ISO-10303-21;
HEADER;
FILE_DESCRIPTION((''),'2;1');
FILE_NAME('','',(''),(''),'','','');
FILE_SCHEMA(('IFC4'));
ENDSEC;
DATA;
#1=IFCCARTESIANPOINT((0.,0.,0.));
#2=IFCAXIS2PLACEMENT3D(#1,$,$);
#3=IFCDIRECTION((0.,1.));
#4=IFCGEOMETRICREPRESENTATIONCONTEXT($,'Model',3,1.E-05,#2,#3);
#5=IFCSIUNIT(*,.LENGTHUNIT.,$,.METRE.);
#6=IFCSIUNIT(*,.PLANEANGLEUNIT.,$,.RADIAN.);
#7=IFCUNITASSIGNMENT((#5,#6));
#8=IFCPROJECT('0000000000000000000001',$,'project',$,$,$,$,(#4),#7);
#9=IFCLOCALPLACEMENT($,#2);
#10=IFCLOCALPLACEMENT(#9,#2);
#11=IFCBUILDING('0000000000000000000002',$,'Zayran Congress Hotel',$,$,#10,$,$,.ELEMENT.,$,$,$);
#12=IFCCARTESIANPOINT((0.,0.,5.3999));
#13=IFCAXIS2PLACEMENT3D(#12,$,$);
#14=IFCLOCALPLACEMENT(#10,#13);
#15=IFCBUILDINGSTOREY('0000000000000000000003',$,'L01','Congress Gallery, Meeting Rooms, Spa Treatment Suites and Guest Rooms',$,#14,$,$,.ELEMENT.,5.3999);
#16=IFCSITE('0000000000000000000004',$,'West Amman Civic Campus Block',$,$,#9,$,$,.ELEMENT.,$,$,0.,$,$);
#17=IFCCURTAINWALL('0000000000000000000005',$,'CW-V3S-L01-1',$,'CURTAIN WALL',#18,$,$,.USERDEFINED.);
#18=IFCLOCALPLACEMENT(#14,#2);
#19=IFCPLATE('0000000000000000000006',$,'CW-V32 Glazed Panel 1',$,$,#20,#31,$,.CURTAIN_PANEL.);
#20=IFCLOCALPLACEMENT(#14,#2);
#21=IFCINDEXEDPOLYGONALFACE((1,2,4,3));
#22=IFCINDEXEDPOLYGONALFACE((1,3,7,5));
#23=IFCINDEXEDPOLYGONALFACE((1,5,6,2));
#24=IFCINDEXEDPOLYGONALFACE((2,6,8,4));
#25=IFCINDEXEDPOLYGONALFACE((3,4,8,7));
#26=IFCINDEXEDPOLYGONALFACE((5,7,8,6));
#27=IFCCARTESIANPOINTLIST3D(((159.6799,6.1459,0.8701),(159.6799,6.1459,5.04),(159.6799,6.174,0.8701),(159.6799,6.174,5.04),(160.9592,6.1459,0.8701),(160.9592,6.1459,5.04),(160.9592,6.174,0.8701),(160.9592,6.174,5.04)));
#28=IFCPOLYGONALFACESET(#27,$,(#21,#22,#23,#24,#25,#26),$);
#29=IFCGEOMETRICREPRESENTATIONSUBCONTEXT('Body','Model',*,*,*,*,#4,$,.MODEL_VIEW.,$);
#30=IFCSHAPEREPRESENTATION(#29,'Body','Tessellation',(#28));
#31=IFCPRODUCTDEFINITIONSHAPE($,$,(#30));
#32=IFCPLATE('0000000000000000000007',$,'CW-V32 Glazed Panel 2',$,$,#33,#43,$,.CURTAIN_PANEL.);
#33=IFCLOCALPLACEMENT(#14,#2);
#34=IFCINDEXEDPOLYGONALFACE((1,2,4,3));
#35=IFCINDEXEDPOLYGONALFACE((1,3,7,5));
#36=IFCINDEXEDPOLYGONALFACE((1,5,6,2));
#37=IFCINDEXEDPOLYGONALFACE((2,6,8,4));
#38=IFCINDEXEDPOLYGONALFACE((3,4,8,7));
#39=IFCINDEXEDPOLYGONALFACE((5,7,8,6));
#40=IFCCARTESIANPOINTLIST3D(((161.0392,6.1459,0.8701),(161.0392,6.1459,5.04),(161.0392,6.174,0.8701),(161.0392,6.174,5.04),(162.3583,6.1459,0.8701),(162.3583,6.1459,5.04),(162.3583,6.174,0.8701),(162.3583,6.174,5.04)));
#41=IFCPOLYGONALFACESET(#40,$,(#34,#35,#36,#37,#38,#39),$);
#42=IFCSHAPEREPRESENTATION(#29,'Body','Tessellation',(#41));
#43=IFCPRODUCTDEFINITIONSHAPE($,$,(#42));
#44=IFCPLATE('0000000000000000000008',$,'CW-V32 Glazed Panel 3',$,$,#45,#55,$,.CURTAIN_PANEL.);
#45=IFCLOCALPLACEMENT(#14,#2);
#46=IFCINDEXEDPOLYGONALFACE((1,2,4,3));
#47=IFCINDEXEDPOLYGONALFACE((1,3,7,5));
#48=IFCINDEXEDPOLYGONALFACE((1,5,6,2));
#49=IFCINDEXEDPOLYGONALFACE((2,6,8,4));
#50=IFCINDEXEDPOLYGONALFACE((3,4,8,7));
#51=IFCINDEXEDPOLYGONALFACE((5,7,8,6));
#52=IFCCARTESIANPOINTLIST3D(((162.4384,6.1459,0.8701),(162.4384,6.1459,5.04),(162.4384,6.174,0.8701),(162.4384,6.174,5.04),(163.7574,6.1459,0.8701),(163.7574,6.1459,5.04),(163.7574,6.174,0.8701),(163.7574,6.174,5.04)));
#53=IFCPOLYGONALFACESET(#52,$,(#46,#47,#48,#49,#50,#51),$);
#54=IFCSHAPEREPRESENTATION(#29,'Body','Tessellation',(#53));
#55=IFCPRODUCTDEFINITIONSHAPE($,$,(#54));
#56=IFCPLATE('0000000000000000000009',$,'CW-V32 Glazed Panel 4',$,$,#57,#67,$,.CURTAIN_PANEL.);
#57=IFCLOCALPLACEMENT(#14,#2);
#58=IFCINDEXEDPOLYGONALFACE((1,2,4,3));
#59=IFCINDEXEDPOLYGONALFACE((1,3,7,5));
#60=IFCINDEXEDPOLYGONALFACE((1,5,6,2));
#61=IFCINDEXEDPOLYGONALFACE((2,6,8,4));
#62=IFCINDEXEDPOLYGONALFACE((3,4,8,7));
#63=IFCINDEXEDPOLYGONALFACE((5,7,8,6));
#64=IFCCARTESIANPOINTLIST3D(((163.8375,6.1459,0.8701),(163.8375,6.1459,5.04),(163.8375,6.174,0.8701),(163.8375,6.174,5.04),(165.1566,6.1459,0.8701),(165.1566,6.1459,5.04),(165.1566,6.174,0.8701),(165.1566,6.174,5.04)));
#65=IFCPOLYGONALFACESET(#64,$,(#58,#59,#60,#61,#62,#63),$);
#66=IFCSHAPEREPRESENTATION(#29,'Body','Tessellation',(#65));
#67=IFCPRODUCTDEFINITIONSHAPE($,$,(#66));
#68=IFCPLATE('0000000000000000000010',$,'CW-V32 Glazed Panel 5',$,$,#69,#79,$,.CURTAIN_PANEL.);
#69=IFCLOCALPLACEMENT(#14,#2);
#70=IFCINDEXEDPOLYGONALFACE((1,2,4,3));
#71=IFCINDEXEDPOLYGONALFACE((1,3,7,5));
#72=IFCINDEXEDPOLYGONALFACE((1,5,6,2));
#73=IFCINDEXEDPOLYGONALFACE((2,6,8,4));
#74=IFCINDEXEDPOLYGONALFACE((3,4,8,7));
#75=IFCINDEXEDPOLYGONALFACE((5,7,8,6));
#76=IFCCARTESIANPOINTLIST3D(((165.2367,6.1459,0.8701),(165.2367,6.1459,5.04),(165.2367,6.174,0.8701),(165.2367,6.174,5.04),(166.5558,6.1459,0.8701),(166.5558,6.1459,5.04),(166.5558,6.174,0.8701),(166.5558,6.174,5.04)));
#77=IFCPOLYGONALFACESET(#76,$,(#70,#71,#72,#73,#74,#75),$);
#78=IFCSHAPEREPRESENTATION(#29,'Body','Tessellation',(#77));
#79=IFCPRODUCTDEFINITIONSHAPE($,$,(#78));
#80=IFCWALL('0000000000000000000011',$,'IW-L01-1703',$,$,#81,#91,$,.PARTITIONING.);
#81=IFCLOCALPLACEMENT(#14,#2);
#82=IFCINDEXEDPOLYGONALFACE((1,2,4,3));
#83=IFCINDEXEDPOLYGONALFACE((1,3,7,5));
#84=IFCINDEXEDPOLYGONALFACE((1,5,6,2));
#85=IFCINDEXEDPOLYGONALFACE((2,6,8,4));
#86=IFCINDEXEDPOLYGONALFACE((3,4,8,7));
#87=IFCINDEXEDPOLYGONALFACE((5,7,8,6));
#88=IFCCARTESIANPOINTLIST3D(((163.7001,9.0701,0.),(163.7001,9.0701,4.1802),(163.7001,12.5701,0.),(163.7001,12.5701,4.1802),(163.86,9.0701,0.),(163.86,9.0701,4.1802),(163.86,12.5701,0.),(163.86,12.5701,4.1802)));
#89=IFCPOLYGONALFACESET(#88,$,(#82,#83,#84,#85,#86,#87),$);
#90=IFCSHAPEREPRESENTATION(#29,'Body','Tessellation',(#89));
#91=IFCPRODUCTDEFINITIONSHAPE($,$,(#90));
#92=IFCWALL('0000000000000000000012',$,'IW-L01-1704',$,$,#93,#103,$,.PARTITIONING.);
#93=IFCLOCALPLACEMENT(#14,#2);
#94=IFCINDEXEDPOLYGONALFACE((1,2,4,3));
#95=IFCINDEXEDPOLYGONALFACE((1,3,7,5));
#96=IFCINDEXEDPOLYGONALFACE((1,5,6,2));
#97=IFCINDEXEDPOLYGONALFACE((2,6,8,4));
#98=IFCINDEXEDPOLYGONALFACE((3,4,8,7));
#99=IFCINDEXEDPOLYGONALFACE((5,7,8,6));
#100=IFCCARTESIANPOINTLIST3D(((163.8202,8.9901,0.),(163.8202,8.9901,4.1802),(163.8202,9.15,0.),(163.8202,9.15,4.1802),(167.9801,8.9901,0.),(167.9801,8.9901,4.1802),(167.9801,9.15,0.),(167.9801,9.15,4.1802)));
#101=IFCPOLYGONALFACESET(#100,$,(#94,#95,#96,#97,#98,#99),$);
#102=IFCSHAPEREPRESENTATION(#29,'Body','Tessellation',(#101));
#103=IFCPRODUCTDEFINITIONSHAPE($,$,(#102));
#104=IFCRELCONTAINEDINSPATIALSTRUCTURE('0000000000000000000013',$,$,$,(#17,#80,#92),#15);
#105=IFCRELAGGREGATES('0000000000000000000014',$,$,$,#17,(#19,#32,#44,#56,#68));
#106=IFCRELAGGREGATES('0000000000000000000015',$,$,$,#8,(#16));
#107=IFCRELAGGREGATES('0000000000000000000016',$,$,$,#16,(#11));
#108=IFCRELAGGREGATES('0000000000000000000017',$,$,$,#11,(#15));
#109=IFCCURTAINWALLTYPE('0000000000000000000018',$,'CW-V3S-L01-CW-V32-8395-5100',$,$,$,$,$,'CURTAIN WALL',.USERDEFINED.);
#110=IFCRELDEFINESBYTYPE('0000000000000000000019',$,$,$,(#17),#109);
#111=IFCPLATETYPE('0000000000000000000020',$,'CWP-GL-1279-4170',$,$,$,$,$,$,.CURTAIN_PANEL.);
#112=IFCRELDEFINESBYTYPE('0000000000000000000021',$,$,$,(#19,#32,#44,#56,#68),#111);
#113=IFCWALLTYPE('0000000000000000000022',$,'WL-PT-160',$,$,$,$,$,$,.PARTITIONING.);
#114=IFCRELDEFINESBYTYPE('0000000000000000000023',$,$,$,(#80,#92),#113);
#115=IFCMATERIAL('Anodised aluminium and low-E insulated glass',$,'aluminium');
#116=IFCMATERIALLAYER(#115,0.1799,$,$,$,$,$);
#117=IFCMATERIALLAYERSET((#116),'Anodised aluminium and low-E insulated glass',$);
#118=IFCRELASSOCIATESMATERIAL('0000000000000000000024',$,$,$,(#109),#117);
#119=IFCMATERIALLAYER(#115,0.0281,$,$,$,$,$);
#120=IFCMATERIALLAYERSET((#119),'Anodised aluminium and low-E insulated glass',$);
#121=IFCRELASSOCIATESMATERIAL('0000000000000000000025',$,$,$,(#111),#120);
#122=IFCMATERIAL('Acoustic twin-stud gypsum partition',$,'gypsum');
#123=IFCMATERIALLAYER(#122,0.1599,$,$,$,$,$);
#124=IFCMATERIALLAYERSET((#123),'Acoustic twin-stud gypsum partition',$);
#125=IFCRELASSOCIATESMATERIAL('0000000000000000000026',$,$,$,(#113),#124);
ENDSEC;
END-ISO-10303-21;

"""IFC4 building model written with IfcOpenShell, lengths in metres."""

from ifc_helpers import new_model, si_unit, direction, frame, frame_2d, origin, origin_2d, place, context, subcontext, project, spatial, rectangle, extrude, material, layer, layer_set, type_object, element, aggregate, save


model = new_model("IFC4")

# Units and contexts
model_context = context("Model", 3, precision=1e-05, world=origin(), true_north=direction((0.0, 1.0)))
body_context = subcontext(model_context, "Body", "Model", "MODEL_VIEW")
ifc_project = project(units=[si_unit("LENGTHUNIT", "METRE"), si_unit("PLANEANGLEUNIT", "RADIAN")], contexts=[model_context])

# Site, building, storey
site_placement = place(None, origin())
site = spatial("IfcSite", under=ifc_project, at=site_placement, Name="West Amman Civic Campus Block", CompositionType="ELEMENT", RefElevation=0.0)
building_placement = place(site_placement, origin())
building = spatial("IfcBuilding", under=site, at=building_placement, Name="Zayran Congress Hotel", CompositionType="ELEMENT")
storey_placement = place(building_placement, frame((0.0, 0.0, 5.3999)))
storey = spatial("IfcBuildingStorey", under=building, at=storey_placement, Name="L01", Description="Congress Gallery, Meeting Rooms, Spa Treatment Suites and Guest Rooms", CompositionType="ELEMENT", Elevation=5.3999)

# Curtain wall, plates
ifc_material_1 = material(Name="Anodised aluminium and low-E insulated glass", Category="aluminium")
ifc_layer_1 = layer(ifc_material_1, 0.1799)
ifc_layer_set_1 = layer_set([ifc_layer_1], Name="Anodised aluminium and low-E insulated glass")
curtain_wall_type = type_object("IfcCurtainWallType", Name="CW-V3S-L01-CW-V32-8395-5100", ElementType="CURTAIN WALL", PredefinedType="USERDEFINED", material=ifc_layer_set_1)
curtain_wall_placement = place(storey_placement, origin())
curtain_wall = element("IfcCurtainWall", 1, at=curtain_wall_placement, inside=storey, type_object=curtain_wall_type, Name="CW-V3S-L01-1", ObjectType="CURTAIN WALL", PredefinedType="USERDEFINED")
ifc_layer_2 = layer(ifc_material_1, 0.0281)
ifc_layer_set_2 = layer_set([ifc_layer_2], Name="Anodised aluminium and low-E insulated glass")
plate_type_1 = type_object("IfcPlateType", Name="CWP-GL-1279-4170", PredefinedType="CURTAIN_PANEL", material=ifc_layer_set_2)
plate_1_placement = place(storey_placement, frame((160.3196, 6.1599, 0.8701), z_axis=(0.0, 0.0, 1.0), x_axis=(1.0, 0.0, 0.0)))
plate_1 = element("IfcPlate", 2, at=plate_1_placement, type_object=plate_type_1, Name="CW-V32 Glazed Panel 1", PredefinedType="CURTAIN_PANEL", context=body_context, shape_type="SweptSolid", body=[
    extrude(rectangle(XDim=1.2793, YDim=0.0281, at=origin_2d()), origin(), (0.0, 0.0, 1.0), 4.1699),
])
plate_2_placement = place(storey_placement, frame((161.6987, 6.1599, 0.8701), z_axis=(0.0, 0.0, 1.0), x_axis=(1.0, 0.0, 0.0)))
plate_2 = element("IfcPlate", 3, at=plate_2_placement, type_object=plate_type_1, Name="CW-V32 Glazed Panel 2", PredefinedType="CURTAIN_PANEL", context=body_context, shape_type="SweptSolid", body=[
    extrude(rectangle(XDim=1.3191, YDim=0.0281, at=origin_2d()), origin(), (0.0, 0.0, 1.0), 4.1699),
])
plate_3_placement = place(storey_placement, frame((163.0979, 6.1599, 0.8701), z_axis=(0.0, 0.0, 1.0), x_axis=(1.0, 0.0, 0.0)))
plate_3 = element("IfcPlate", 4, at=plate_3_placement, type_object=plate_type_1, Name="CW-V32 Glazed Panel 3", PredefinedType="CURTAIN_PANEL", context=body_context, shape_type="SweptSolid", body=[
    extrude(rectangle(XDim=1.3191, YDim=0.0281, at=origin_2d()), origin(), (0.0, 0.0, 1.0), 4.1699),
])
plate_4_placement = place(storey_placement, frame((164.4971, 6.1599, 0.8701), z_axis=(0.0, 0.0, 1.0), x_axis=(1.0, 0.0, 0.0)))
plate_4 = element("IfcPlate", 5, at=plate_4_placement, type_object=plate_type_1, Name="CW-V32 Glazed Panel 4", PredefinedType="CURTAIN_PANEL", context=body_context, shape_type="SweptSolid", body=[
    extrude(rectangle(XDim=1.3191, YDim=0.0281, at=origin_2d()), origin(), (0.0, 0.0, 1.0), 4.1699),
])
plate_5_placement = place(storey_placement, frame((165.8962, 6.1599, 0.8701), z_axis=(0.0, 0.0, 1.0), x_axis=(1.0, 0.0, 0.0)))
plate_5 = element("IfcPlate", 6, at=plate_5_placement, type_object=plate_type_1, Name="CW-V32 Glazed Panel 5", PredefinedType="CURTAIN_PANEL", context=body_context, shape_type="SweptSolid", body=[
    extrude(rectangle(XDim=1.3191, YDim=0.0281, at=origin_2d()), origin(), (0.0, 0.0, 1.0), 4.1699),
])
aggregate(curtain_wall, [plate_1, plate_2, plate_3, plate_4, plate_5])

# Walls
ifc_material_2 = material(Name="Acoustic twin-stud gypsum partition", Category="gypsum")
ifc_layer_3 = layer(ifc_material_2, 0.1599)
ifc_layer_set_3 = layer_set([ifc_layer_3], Name="Acoustic twin-stud gypsum partition")
wall_type = type_object("IfcWallType", Name="WL-PT-160", PredefinedType="PARTITIONING", material=ifc_layer_set_3)
wall_1_placement = place(storey_placement, frame((163.78, 9.0701, 0.0), z_axis=(0.0, 0.0, 1.0), x_axis=(0.0, 1.0, 0.0)))
element("IfcWall", 7, at=wall_1_placement, inside=storey, type_object=wall_type, Name="IW-L01-1703", PredefinedType="PARTITIONING", context=body_context, shape_type="SweptSolid", body=[
    extrude(rectangle(XDim=3.5, YDim=0.1599, at=frame_2d((1.75, 0.0))), origin(), (0.0, 0.0, 1.0), 4.1802),
])
wall_2_placement = place(storey_placement, frame((163.8201, 9.0701, 0.0), z_axis=(0.0, 0.0, 1.0), x_axis=(1.0, 0.0, 0.0)))
element("IfcWall", 8, at=wall_2_placement, inside=storey, type_object=wall_type, Name="IW-L01-1704", PredefinedType="PARTITIONING", context=body_context, shape_type="SweptSolid", body=[
    extrude(rectangle(XDim=4.1599, YDim=0.1599, at=frame_2d((2.0801, 0.0))), origin(), (0.0, 0.0, 1.0), 4.1802),
])

save(model, "model.ifc")
